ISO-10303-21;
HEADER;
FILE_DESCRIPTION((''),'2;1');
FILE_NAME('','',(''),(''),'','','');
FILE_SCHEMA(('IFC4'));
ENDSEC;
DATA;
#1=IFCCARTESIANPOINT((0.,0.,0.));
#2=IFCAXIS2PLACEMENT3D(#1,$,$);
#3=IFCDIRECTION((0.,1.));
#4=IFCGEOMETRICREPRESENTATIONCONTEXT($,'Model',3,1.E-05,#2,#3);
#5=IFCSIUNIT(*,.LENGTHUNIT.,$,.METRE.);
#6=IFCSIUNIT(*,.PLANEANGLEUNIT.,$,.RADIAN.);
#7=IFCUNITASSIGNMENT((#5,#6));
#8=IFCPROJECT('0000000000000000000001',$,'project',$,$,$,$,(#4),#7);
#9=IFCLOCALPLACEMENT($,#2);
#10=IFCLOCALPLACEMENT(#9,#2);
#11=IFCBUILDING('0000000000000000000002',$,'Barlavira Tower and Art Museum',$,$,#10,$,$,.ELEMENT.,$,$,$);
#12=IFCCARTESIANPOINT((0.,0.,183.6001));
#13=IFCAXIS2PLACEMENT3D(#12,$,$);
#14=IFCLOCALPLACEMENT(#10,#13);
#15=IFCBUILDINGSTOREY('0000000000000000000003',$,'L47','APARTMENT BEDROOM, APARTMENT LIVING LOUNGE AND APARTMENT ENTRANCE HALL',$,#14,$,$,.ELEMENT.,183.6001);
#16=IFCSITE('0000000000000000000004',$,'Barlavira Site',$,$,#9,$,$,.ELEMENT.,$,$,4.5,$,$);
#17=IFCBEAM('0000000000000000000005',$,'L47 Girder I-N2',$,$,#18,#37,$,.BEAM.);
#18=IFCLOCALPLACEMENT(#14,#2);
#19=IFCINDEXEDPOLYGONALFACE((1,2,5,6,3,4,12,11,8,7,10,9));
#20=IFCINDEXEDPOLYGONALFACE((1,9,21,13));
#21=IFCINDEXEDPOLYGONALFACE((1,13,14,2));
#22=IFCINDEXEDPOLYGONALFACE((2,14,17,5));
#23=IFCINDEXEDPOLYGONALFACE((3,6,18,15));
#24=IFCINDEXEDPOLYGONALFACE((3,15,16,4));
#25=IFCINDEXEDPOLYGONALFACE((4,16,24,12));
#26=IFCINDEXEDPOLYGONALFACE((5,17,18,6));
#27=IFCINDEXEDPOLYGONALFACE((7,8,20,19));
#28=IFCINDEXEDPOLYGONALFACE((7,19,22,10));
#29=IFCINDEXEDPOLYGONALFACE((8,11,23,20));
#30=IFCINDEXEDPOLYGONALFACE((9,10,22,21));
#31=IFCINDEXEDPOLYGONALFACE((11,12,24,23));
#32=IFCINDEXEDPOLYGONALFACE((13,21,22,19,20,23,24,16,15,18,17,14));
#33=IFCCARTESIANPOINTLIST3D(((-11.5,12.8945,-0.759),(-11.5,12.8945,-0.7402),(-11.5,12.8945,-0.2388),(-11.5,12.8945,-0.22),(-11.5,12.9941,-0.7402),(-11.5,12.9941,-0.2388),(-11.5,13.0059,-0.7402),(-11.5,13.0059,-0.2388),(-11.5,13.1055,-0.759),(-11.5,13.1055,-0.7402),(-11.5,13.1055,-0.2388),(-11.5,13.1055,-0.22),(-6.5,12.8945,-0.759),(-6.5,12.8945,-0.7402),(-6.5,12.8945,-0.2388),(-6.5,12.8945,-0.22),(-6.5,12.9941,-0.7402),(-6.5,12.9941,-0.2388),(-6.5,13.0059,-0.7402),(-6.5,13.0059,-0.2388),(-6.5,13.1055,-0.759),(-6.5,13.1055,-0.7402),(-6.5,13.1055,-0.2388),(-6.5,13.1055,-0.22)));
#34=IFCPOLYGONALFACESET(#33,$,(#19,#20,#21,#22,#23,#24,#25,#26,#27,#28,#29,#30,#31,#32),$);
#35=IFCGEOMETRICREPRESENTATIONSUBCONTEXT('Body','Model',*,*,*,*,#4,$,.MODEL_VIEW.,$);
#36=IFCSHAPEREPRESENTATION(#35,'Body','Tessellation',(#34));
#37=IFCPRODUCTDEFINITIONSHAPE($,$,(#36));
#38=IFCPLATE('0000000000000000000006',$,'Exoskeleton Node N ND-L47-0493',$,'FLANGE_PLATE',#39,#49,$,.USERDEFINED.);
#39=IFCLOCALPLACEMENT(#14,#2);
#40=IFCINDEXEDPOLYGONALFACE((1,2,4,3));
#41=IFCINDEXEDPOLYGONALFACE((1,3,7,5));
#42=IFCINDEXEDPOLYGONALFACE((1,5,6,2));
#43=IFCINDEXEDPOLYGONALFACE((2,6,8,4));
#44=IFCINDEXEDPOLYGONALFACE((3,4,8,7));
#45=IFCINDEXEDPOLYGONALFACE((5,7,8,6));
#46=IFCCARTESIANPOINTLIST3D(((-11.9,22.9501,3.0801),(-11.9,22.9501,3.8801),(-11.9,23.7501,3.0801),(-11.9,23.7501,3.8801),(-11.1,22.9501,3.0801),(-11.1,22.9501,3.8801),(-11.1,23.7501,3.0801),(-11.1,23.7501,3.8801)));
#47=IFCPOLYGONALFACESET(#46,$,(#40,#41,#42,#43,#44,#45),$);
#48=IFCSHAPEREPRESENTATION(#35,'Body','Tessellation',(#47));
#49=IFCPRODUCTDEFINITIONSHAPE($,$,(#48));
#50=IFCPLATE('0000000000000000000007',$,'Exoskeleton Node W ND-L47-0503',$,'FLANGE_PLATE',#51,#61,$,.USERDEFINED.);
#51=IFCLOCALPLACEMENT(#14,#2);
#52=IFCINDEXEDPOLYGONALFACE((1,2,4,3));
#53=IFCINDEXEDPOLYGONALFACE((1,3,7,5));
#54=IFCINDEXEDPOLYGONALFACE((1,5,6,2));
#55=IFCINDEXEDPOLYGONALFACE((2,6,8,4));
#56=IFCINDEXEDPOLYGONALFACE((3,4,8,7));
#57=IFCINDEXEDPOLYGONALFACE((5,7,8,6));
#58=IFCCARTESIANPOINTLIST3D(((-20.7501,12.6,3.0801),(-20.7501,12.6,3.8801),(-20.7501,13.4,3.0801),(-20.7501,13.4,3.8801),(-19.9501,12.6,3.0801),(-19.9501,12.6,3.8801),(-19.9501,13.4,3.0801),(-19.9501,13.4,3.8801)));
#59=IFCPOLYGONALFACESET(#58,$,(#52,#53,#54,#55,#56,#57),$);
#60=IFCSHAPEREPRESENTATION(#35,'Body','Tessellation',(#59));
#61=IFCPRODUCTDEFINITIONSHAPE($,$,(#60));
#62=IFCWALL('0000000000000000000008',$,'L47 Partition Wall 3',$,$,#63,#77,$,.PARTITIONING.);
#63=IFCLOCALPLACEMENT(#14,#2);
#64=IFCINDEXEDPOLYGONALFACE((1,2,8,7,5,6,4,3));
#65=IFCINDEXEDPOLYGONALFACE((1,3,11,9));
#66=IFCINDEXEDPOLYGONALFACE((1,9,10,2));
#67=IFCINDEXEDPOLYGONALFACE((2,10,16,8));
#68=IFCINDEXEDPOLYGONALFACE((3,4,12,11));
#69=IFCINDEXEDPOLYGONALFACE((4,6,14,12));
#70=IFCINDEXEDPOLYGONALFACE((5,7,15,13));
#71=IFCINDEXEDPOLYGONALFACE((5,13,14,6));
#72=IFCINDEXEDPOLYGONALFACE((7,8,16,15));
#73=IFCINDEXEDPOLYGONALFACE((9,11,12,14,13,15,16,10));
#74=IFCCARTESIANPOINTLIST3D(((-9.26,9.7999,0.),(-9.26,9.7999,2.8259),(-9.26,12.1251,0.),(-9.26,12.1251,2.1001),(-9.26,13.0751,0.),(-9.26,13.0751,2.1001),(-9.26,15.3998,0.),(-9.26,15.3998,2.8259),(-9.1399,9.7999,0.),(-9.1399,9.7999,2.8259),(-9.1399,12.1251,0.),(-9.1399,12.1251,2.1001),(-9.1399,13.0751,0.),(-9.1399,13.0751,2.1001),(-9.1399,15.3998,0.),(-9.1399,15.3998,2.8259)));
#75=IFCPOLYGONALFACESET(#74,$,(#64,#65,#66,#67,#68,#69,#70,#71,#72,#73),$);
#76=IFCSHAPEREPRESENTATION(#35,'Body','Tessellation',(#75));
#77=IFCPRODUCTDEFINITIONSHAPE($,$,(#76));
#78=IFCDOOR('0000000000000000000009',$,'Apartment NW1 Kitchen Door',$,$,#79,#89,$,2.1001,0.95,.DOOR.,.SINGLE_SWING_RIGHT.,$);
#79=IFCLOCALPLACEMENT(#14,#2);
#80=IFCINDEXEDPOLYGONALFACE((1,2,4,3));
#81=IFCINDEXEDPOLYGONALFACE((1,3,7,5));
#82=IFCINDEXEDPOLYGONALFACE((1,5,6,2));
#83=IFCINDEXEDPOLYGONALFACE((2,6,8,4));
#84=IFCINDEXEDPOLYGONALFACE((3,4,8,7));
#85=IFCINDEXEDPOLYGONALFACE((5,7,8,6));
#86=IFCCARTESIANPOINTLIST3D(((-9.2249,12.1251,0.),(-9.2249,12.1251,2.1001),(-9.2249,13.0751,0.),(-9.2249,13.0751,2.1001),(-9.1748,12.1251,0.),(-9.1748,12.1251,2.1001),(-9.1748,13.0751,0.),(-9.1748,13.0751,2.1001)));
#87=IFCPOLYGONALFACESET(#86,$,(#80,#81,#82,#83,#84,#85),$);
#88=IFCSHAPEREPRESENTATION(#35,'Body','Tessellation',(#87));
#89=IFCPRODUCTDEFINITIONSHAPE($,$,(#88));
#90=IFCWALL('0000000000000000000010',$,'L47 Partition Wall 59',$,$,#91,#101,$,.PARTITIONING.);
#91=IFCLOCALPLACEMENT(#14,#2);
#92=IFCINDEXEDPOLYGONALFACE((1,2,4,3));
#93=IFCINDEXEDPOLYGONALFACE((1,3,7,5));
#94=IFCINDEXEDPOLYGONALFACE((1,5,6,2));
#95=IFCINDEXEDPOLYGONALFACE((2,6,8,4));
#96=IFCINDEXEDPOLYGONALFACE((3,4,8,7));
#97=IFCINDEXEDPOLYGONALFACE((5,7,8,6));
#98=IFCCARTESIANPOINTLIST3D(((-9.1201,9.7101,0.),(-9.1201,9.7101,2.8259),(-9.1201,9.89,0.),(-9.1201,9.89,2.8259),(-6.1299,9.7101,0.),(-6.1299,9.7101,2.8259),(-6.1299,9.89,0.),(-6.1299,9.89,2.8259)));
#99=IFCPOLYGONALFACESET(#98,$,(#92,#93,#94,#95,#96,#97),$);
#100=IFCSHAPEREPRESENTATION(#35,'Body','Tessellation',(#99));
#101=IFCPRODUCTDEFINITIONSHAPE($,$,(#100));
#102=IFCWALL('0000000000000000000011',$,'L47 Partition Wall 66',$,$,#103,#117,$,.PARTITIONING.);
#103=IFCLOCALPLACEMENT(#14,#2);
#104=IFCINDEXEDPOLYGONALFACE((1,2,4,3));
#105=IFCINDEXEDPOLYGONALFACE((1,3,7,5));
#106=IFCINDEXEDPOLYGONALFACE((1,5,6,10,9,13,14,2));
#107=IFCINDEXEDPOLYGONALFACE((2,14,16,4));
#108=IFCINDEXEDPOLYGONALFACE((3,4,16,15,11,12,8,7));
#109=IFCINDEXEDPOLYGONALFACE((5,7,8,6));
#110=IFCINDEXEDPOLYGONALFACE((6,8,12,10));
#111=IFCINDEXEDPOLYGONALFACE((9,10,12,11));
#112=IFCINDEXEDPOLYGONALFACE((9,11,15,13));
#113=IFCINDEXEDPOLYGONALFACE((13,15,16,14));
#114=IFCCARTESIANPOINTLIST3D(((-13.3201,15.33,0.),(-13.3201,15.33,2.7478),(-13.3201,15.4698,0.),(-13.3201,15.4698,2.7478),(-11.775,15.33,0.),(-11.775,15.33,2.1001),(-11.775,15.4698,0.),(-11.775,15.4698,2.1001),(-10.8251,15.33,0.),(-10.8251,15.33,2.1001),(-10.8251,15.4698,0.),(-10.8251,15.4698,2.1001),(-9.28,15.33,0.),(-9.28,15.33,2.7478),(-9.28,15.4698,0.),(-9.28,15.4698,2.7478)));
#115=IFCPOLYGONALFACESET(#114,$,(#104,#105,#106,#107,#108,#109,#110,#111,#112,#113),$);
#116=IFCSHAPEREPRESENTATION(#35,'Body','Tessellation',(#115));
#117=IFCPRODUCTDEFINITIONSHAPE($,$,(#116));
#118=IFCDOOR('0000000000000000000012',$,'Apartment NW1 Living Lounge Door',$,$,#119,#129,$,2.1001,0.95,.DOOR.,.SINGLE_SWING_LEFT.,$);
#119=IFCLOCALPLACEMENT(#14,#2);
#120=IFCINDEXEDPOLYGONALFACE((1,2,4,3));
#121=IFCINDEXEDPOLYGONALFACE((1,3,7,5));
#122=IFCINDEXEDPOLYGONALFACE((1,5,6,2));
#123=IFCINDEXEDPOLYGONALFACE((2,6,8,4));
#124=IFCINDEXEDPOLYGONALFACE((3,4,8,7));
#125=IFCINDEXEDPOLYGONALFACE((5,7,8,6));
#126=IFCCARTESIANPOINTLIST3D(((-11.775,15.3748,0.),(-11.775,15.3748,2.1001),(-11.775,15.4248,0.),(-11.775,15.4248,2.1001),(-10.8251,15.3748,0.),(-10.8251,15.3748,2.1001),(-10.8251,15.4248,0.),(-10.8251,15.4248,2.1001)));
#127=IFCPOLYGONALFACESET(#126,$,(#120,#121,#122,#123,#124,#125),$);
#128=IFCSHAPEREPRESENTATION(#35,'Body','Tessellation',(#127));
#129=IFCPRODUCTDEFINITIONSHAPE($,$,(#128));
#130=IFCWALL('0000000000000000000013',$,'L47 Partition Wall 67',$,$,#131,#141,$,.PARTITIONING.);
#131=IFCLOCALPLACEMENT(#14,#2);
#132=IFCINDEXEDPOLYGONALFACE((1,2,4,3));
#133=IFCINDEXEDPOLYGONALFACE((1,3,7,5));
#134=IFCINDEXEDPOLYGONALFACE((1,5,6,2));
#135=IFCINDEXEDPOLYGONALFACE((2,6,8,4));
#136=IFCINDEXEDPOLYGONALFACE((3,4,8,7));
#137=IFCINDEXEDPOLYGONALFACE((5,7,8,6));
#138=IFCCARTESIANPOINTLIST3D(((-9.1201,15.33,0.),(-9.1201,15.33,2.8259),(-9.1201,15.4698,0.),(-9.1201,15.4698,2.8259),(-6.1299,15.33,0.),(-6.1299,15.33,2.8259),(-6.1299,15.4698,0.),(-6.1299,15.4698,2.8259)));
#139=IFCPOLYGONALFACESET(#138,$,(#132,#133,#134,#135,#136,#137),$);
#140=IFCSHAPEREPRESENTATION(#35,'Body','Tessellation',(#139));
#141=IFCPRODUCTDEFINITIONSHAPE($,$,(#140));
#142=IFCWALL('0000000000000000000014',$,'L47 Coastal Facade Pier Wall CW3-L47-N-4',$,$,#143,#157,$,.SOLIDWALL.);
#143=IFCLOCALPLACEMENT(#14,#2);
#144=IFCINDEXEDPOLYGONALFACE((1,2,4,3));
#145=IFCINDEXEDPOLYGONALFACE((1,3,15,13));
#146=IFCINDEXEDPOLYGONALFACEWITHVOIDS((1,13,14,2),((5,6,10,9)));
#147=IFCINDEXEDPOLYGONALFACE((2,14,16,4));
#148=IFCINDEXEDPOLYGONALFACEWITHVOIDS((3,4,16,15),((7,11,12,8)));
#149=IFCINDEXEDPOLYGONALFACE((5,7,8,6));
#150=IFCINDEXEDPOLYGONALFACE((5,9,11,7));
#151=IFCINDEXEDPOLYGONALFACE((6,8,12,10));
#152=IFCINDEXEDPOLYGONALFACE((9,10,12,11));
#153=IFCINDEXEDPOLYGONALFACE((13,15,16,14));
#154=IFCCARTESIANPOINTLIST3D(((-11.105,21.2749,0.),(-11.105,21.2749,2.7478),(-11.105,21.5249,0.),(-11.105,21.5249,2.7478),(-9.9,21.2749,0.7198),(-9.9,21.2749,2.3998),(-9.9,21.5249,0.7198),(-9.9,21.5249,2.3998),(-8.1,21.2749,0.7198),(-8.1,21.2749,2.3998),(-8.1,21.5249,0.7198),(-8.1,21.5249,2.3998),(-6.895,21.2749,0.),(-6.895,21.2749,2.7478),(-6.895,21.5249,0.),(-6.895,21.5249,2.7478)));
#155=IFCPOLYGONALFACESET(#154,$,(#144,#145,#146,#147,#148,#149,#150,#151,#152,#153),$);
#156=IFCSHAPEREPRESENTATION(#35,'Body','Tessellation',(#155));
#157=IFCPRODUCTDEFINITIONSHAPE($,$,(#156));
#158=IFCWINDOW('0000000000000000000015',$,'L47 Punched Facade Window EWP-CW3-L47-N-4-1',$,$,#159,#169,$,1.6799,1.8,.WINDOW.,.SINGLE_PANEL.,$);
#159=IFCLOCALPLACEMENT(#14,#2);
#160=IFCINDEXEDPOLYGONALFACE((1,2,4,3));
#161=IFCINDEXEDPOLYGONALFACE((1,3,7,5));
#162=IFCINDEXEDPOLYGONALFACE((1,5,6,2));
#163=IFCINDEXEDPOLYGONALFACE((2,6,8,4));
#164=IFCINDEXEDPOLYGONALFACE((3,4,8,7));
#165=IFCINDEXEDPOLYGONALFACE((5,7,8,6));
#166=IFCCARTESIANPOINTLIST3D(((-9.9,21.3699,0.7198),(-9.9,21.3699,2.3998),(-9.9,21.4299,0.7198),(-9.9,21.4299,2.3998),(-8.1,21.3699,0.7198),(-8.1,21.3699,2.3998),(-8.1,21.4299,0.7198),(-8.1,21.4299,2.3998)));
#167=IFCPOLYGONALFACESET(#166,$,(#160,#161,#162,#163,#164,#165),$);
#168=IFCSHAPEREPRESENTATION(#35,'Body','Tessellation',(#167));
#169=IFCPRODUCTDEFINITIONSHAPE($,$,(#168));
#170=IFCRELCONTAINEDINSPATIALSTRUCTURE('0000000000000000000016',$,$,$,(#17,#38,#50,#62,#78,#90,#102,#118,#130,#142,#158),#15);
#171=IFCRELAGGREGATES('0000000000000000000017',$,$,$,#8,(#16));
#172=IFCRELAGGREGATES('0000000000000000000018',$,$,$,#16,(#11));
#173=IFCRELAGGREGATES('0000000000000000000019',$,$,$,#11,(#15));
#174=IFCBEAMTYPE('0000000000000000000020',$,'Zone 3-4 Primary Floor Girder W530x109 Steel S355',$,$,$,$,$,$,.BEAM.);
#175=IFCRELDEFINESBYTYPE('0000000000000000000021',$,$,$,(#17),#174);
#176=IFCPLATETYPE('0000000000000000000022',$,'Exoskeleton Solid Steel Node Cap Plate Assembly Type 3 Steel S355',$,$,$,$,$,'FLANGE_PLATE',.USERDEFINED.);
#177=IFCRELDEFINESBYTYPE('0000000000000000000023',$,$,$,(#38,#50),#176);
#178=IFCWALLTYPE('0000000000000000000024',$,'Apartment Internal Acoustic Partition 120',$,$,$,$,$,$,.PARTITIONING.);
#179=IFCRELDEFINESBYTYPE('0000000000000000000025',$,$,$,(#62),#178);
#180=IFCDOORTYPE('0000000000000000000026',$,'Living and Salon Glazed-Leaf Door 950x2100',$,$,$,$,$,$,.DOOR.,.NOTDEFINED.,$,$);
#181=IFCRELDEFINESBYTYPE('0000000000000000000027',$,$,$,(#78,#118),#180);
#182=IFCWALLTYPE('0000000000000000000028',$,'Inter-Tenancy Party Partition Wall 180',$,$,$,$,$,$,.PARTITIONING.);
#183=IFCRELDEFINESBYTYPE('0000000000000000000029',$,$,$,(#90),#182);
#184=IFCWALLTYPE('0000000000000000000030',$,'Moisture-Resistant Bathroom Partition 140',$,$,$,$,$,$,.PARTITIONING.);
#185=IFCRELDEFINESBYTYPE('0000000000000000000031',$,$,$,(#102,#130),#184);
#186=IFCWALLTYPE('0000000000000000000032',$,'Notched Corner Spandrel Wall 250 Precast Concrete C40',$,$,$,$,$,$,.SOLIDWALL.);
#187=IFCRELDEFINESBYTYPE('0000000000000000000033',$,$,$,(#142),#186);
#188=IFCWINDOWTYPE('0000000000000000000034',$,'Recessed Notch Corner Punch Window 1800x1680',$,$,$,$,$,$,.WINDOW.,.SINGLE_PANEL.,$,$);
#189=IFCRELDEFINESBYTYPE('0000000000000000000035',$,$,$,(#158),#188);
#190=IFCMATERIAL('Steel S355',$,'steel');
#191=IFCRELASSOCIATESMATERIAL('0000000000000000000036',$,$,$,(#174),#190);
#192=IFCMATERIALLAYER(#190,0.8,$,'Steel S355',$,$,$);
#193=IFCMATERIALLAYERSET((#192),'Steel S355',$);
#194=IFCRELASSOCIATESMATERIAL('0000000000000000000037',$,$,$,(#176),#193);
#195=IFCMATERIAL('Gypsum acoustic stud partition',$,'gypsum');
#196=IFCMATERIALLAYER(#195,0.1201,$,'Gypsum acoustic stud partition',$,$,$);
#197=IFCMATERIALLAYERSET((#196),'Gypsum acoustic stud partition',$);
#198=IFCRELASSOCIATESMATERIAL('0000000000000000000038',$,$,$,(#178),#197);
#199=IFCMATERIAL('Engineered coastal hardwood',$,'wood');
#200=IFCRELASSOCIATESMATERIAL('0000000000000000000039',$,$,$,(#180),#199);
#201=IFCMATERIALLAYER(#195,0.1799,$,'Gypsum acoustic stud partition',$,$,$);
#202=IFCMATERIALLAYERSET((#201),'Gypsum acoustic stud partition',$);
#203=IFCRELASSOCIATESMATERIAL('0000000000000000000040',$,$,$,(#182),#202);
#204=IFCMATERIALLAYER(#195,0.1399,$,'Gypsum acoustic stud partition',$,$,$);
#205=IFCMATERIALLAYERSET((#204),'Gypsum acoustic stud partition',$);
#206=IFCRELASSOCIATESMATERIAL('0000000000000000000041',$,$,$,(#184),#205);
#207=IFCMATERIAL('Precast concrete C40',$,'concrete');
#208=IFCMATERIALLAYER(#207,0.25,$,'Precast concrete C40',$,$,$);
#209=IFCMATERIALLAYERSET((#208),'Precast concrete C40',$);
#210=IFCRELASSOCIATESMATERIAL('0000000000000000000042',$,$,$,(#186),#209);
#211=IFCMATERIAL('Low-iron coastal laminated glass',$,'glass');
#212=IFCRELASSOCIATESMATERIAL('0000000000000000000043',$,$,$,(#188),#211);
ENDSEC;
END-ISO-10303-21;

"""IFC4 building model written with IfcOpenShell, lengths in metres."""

from ifc_helpers import new_model, si_unit, direction, frame, frame_2d, origin, origin_2d, place, context, subcontext, project, spatial, rectangle, i_section, extrude, material, layer, layer_set, material_profile, profile_set, type_object, element, fill, save


model = new_model("IFC4")

# Units and contexts
model_context = context("Model", 3, precision=1e-05, world=origin(), true_north=direction((0.0, 1.0)))
body_context = subcontext(model_context, "Body", "Model", "MODEL_VIEW")
ifc_project = project(units=[si_unit("LENGTHUNIT", "METRE"), si_unit("PLANEANGLEUNIT", "RADIAN")], contexts=[model_context])

# Site, building, storey
site_placement = place(None, origin())
site = spatial("IfcSite", under=ifc_project, at=site_placement, Name="Barlavira Site", CompositionType="ELEMENT", RefElevation=4.5)
building_placement = place(site_placement, origin())
building = spatial("IfcBuilding", under=site, at=building_placement, Name="Barlavira Tower and Art Museum", CompositionType="ELEMENT")
storey_placement = place(building_placement, frame((0.0, 0.0, 183.6001)))
storey = spatial("IfcBuildingStorey", under=building, at=storey_placement, Name="L47", Description="APARTMENT BEDROOM, APARTMENT LIVING LOUNGE AND APARTMENT ENTRANCE HALL", CompositionType="ELEMENT", Elevation=183.6001)

# Beam
ifc_material_1 = material(Name="Steel S355", Category="steel")
ifc_material_profile_1 = material_profile(ifc_material_1, i_section(OverallWidth=0.2109, OverallDepth=0.5391, WebThickness=0.0117, FlangeThickness=0.0188, at=origin_2d()), Name="W530x109.0")
ifc_profile_set_1 = profile_set([ifc_material_profile_1], Name="Steel S355")
beam_type_1 = type_object("IfcBeamType", Name="Zone 3-4 Primary Floor Girder W530x109 Steel S355", PredefinedType="BEAM", material=ifc_profile_set_1)
beam_1_placement = place(storey_placement, frame((-11.5, 13.0, -0.4895), z_axis=(1.0, 0.0, 0.0), x_axis=(0.0, 1.0, 0.0)))
element("IfcBeam", 1, at=beam_1_placement, inside=storey, type_object=beam_type_1, Name="L47 Girder I-N2", PredefinedType="BEAM", context=body_context, shape_type="SweptSolid", body=[
    extrude(i_section(OverallWidth=0.2109, OverallDepth=0.5391, WebThickness=0.0117, FlangeThickness=0.0188, at=origin_2d()), origin(), (0.0, 0.0, 1.0), 5.0),
])

# Plates
ifc_layer_1 = layer(ifc_material_1, 0.8, Name="Steel S355")
ifc_layer_set_1 = layer_set([ifc_layer_1], Name="Steel S355")
plate_type = type_object("IfcPlateType", Name="Exoskeleton Solid Steel Node Cap Plate Assembly Type 3 Steel S355", ElementType="FLANGE_PLATE", PredefinedType="USERDEFINED", material=ifc_layer_set_1)
for number, where, z_axis, x_axis, name in (
    (2, (-11.5, 23.3501, 3.0801), (0.0, 0.0, 1.0), (1.0, 0.0, 0.0), "Exoskeleton Node N ND-L47-0493"),
    (3, (-20.3501, 13.0, 3.0801), (0.0, 0.0, 1.0), (1.0, 0.0, 0.0), "Exoskeleton Node W ND-L47-0503"),
):
    element("IfcPlate", number, at=place(storey_placement, frame(where, z_axis=z_axis, x_axis=x_axis)), inside=storey, type_object=plate_type, Name=name, ObjectType="FLANGE_PLATE", PredefinedType="USERDEFINED", context=body_context, shape_type="SweptSolid", body=[
        extrude(rectangle(XDim=0.8, YDim=0.8, at=origin_2d()), origin(), (0.0, 0.0, 1.0), 0.8),
    ])

# Wall, opening, door
ifc_material_2 = material(Name="Gypsum acoustic stud partition", Category="gypsum")
ifc_layer_2 = layer(ifc_material_2, 0.1201, Name="Gypsum acoustic stud partition")
ifc_layer_set_2 = layer_set([ifc_layer_2], Name="Gypsum acoustic stud partition")
wall_type_1 = type_object("IfcWallType", Name="Apartment Internal Acoustic Partition 120", PredefinedType="PARTITIONING", material=ifc_layer_set_2)
wall_1_placement = place(storey_placement, frame((-9.2, 9.8, 0.0), z_axis=(0.0, 0.0, 1.0), x_axis=(0.0, 1.0, 0.0)))
wall_1 = element("IfcWall", 4, at=wall_1_placement, inside=storey, type_object=wall_type_1, Name="L47 Partition Wall 3", PredefinedType="PARTITIONING", context=body_context, shape_type="SweptSolid", body=[
    extrude(rectangle(XDim=5.5999, YDim=0.1201, at=frame_2d((2.7998, 0.0))), origin(), (0.0, 0.0, 1.0), 2.8259),
])
opening_1_placement = place(wall_1_placement, frame((2.325, 0.0, 0.0)))
opening_1 = element("IfcOpeningElement", 5, at=opening_1_placement, cuts=wall_1, PredefinedType="OPENING", context=body_context, shape_type="SweptSolid", body=[
    extrude(rectangle(XDim=0.95, YDim=2.1001, at=frame_2d((0.4751, 1.05))), frame((0.0, 0.0701, 0.0), z_axis=(0.0, -1.0, 0.0), x_axis=(1.0, 0.0, 0.0)), (0.0, 0.0, 1.0), 0.1401),
])
ifc_material_3 = material(Name="Engineered coastal hardwood", Category="wood")
door_type = type_object("IfcDoorType", Name="Living and Salon Glazed-Leaf Door 950x2100", OperationType="NOTDEFINED", PredefinedType="DOOR", material=ifc_material_3)
door_1_placement = place(opening_1_placement, origin())
door_1 = element("IfcDoor", 6, at=door_1_placement, inside=storey, type_object=door_type, Name="Apartment NW1 Kitchen Door", OperationType="SINGLE_SWING_RIGHT", OverallHeight=2.1001, OverallWidth=0.95, PredefinedType="DOOR", context=body_context, shape_type="SweptSolid", body=[
    extrude(rectangle(XDim=0.95, YDim=2.1001, at=frame_2d((0.4751, 1.05))), frame((0.0, 0.0249, 0.0), z_axis=(0.0, -1.0, 0.0), x_axis=(1.0, 0.0, 0.0)), (0.0, 0.0, 1.0), 0.05),
])
fill(opening_1, door_1)

# Wall
ifc_layer_3 = layer(ifc_material_2, 0.1799, Name="Gypsum acoustic stud partition")
ifc_layer_set_3 = layer_set([ifc_layer_3], Name="Gypsum acoustic stud partition")
wall_type_2 = type_object("IfcWallType", Name="Inter-Tenancy Party Partition Wall 180", PredefinedType="PARTITIONING", material=ifc_layer_set_3)
wall_2_placement = place(storey_placement, frame((-9.1201, 9.8, 0.0), z_axis=(0.0, 0.0, 1.0), x_axis=(1.0, 0.0, 0.0)))
element("IfcWall", 7, at=wall_2_placement, inside=storey, type_object=wall_type_2, Name="L47 Partition Wall 59", PredefinedType="PARTITIONING", context=body_context, shape_type="SweptSolid", body=[
    extrude(rectangle(XDim=2.9902, YDim=0.1799, at=frame_2d((1.4951, 0.0))), origin(), (0.0, 0.0, 1.0), 2.8259),
])

# Wall, opening, door
ifc_layer_4 = layer(ifc_material_2, 0.1399, Name="Gypsum acoustic stud partition")
ifc_layer_set_4 = layer_set([ifc_layer_4], Name="Gypsum acoustic stud partition")
wall_type_3 = type_object("IfcWallType", Name="Moisture-Resistant Bathroom Partition 140", PredefinedType="PARTITIONING", material=ifc_layer_set_4)
wall_3_placement = place(storey_placement, frame((-13.3201, 15.3999, 0.0), z_axis=(0.0, 0.0, 1.0), x_axis=(1.0, 0.0, 0.0)))
wall_3 = element("IfcWall", 8, at=wall_3_placement, inside=storey, type_object=wall_type_3, Name="L47 Partition Wall 66", PredefinedType="PARTITIONING", context=body_context, shape_type="SweptSolid", body=[
    extrude(rectangle(XDim=4.04, YDim=0.1399, at=frame_2d((2.02, 0.0))), origin(), (0.0, 0.0, 1.0), 2.7478),
])
opening_2_placement = place(wall_3_placement, frame((1.5449, 0.0, 0.0)))
opening_2 = element("IfcOpeningElement", 9, at=opening_2_placement, cuts=wall_3, PredefinedType="OPENING", context=body_context, shape_type="SweptSolid", body=[
    extrude(rectangle(XDim=0.95, YDim=2.1001, at=frame_2d((0.4751, 1.05))), frame((0.0, 0.0801, 0.0), z_axis=(0.0, -1.0, 0.0), x_axis=(1.0, 0.0, 0.0)), (0.0, 0.0, 1.0), 0.1599),
])
door_2_placement = place(opening_2_placement, origin())
door_2 = element("IfcDoor", 10, at=door_2_placement, inside=storey, type_object=door_type, Name="Apartment NW1 Living Lounge Door", OperationType="SINGLE_SWING_LEFT", OverallHeight=2.1001, OverallWidth=0.95, PredefinedType="DOOR", context=body_context, shape_type="SweptSolid", body=[
    extrude(rectangle(XDim=0.95, YDim=2.1001, at=frame_2d((0.4751, 1.05))), frame((0.0, 0.0249, 0.0), z_axis=(0.0, -1.0, 0.0), x_axis=(1.0, 0.0, 0.0)), (0.0, 0.0, 1.0), 0.05),
])
fill(opening_2, door_2)

# Wall
wall_4_placement = place(storey_placement, frame((-9.1201, 15.3999, 0.0), z_axis=(0.0, 0.0, 1.0), x_axis=(1.0, 0.0, 0.0)))
element("IfcWall", 11, at=wall_4_placement, inside=storey, type_object=wall_type_3, Name="L47 Partition Wall 67", PredefinedType="PARTITIONING", context=body_context, shape_type="SweptSolid", body=[
    extrude(rectangle(XDim=2.9902, YDim=0.1399, at=frame_2d((1.4951, 0.0))), origin(), (0.0, 0.0, 1.0), 2.8259),
])

# Wall, opening, window
ifc_material_4 = material(Name="Precast concrete C40", Category="concrete")
ifc_layer_5 = layer(ifc_material_4, 0.25, Name="Precast concrete C40")
ifc_layer_set_5 = layer_set([ifc_layer_5], Name="Precast concrete C40")
wall_type_4 = type_object("IfcWallType", Name="Notched Corner Spandrel Wall 250 Precast Concrete C40", PredefinedType="SOLIDWALL", material=ifc_layer_set_5)
wall_5_placement = place(storey_placement, frame((-6.895, 21.3999, 0.0), z_axis=(0.0, 0.0, 1.0), x_axis=(-1.0, 0.0, 0.0)))
wall_5 = element("IfcWall", 12, at=wall_5_placement, inside=storey, type_object=wall_type_4, Name="L47 Coastal Facade Pier Wall CW3-L47-N-4", PredefinedType="SOLIDWALL", context=body_context, shape_type="SweptSolid", body=[
    extrude(rectangle(XDim=4.21, YDim=0.25, at=frame_2d((2.105, 0.0))), origin(), (0.0, 0.0, 1.0), 2.7478),
])
opening_3_placement = place(wall_5_placement, frame((1.2051, 0.0, 0.72)))
opening_3 = element("IfcOpeningElement", 13, at=opening_3_placement, cuts=wall_5, PredefinedType="OPENING", context=body_context, shape_type="SweptSolid", body=[
    extrude(rectangle(XDim=1.8, YDim=1.6799, at=frame_2d((0.8999, 0.8398))), frame((0.0, 0.135, 0.0), z_axis=(0.0, -1.0, 0.0), x_axis=(1.0, 0.0, 0.0)), (0.0, 0.0, 1.0), 0.27),
])
ifc_material_5 = material(Name="Low-iron coastal laminated glass", Category="glass")
window_type_1 = type_object("IfcWindowType", Name="Recessed Notch Corner Punch Window 1800x1680", PartitioningType="SINGLE_PANEL", PredefinedType="WINDOW", material=ifc_material_5)
window_1_placement = place(opening_3_placement, origin())
window_1 = element("IfcWindow", 14, at=window_1_placement, inside=storey, type_object=window_type_1, Name="L47 Punched Facade Window EWP-CW3-L47-N-4-1", OverallHeight=1.6799, OverallWidth=1.8, PartitioningType="SINGLE_PANEL", PredefinedType="WINDOW", context=body_context, shape_type="SweptSolid", body=[
    extrude(rectangle(XDim=1.8, YDim=1.6799, at=frame_2d((0.8999, 0.8398))), frame((0.0, 0.03, 0.0), z_axis=(0.0, -1.0, 0.0), x_axis=(1.0, 0.0, 0.0)), (0.0, 0.0, 1.0), 0.0601),
])
fill(opening_3, window_1)

save(model, "model.ifc")
